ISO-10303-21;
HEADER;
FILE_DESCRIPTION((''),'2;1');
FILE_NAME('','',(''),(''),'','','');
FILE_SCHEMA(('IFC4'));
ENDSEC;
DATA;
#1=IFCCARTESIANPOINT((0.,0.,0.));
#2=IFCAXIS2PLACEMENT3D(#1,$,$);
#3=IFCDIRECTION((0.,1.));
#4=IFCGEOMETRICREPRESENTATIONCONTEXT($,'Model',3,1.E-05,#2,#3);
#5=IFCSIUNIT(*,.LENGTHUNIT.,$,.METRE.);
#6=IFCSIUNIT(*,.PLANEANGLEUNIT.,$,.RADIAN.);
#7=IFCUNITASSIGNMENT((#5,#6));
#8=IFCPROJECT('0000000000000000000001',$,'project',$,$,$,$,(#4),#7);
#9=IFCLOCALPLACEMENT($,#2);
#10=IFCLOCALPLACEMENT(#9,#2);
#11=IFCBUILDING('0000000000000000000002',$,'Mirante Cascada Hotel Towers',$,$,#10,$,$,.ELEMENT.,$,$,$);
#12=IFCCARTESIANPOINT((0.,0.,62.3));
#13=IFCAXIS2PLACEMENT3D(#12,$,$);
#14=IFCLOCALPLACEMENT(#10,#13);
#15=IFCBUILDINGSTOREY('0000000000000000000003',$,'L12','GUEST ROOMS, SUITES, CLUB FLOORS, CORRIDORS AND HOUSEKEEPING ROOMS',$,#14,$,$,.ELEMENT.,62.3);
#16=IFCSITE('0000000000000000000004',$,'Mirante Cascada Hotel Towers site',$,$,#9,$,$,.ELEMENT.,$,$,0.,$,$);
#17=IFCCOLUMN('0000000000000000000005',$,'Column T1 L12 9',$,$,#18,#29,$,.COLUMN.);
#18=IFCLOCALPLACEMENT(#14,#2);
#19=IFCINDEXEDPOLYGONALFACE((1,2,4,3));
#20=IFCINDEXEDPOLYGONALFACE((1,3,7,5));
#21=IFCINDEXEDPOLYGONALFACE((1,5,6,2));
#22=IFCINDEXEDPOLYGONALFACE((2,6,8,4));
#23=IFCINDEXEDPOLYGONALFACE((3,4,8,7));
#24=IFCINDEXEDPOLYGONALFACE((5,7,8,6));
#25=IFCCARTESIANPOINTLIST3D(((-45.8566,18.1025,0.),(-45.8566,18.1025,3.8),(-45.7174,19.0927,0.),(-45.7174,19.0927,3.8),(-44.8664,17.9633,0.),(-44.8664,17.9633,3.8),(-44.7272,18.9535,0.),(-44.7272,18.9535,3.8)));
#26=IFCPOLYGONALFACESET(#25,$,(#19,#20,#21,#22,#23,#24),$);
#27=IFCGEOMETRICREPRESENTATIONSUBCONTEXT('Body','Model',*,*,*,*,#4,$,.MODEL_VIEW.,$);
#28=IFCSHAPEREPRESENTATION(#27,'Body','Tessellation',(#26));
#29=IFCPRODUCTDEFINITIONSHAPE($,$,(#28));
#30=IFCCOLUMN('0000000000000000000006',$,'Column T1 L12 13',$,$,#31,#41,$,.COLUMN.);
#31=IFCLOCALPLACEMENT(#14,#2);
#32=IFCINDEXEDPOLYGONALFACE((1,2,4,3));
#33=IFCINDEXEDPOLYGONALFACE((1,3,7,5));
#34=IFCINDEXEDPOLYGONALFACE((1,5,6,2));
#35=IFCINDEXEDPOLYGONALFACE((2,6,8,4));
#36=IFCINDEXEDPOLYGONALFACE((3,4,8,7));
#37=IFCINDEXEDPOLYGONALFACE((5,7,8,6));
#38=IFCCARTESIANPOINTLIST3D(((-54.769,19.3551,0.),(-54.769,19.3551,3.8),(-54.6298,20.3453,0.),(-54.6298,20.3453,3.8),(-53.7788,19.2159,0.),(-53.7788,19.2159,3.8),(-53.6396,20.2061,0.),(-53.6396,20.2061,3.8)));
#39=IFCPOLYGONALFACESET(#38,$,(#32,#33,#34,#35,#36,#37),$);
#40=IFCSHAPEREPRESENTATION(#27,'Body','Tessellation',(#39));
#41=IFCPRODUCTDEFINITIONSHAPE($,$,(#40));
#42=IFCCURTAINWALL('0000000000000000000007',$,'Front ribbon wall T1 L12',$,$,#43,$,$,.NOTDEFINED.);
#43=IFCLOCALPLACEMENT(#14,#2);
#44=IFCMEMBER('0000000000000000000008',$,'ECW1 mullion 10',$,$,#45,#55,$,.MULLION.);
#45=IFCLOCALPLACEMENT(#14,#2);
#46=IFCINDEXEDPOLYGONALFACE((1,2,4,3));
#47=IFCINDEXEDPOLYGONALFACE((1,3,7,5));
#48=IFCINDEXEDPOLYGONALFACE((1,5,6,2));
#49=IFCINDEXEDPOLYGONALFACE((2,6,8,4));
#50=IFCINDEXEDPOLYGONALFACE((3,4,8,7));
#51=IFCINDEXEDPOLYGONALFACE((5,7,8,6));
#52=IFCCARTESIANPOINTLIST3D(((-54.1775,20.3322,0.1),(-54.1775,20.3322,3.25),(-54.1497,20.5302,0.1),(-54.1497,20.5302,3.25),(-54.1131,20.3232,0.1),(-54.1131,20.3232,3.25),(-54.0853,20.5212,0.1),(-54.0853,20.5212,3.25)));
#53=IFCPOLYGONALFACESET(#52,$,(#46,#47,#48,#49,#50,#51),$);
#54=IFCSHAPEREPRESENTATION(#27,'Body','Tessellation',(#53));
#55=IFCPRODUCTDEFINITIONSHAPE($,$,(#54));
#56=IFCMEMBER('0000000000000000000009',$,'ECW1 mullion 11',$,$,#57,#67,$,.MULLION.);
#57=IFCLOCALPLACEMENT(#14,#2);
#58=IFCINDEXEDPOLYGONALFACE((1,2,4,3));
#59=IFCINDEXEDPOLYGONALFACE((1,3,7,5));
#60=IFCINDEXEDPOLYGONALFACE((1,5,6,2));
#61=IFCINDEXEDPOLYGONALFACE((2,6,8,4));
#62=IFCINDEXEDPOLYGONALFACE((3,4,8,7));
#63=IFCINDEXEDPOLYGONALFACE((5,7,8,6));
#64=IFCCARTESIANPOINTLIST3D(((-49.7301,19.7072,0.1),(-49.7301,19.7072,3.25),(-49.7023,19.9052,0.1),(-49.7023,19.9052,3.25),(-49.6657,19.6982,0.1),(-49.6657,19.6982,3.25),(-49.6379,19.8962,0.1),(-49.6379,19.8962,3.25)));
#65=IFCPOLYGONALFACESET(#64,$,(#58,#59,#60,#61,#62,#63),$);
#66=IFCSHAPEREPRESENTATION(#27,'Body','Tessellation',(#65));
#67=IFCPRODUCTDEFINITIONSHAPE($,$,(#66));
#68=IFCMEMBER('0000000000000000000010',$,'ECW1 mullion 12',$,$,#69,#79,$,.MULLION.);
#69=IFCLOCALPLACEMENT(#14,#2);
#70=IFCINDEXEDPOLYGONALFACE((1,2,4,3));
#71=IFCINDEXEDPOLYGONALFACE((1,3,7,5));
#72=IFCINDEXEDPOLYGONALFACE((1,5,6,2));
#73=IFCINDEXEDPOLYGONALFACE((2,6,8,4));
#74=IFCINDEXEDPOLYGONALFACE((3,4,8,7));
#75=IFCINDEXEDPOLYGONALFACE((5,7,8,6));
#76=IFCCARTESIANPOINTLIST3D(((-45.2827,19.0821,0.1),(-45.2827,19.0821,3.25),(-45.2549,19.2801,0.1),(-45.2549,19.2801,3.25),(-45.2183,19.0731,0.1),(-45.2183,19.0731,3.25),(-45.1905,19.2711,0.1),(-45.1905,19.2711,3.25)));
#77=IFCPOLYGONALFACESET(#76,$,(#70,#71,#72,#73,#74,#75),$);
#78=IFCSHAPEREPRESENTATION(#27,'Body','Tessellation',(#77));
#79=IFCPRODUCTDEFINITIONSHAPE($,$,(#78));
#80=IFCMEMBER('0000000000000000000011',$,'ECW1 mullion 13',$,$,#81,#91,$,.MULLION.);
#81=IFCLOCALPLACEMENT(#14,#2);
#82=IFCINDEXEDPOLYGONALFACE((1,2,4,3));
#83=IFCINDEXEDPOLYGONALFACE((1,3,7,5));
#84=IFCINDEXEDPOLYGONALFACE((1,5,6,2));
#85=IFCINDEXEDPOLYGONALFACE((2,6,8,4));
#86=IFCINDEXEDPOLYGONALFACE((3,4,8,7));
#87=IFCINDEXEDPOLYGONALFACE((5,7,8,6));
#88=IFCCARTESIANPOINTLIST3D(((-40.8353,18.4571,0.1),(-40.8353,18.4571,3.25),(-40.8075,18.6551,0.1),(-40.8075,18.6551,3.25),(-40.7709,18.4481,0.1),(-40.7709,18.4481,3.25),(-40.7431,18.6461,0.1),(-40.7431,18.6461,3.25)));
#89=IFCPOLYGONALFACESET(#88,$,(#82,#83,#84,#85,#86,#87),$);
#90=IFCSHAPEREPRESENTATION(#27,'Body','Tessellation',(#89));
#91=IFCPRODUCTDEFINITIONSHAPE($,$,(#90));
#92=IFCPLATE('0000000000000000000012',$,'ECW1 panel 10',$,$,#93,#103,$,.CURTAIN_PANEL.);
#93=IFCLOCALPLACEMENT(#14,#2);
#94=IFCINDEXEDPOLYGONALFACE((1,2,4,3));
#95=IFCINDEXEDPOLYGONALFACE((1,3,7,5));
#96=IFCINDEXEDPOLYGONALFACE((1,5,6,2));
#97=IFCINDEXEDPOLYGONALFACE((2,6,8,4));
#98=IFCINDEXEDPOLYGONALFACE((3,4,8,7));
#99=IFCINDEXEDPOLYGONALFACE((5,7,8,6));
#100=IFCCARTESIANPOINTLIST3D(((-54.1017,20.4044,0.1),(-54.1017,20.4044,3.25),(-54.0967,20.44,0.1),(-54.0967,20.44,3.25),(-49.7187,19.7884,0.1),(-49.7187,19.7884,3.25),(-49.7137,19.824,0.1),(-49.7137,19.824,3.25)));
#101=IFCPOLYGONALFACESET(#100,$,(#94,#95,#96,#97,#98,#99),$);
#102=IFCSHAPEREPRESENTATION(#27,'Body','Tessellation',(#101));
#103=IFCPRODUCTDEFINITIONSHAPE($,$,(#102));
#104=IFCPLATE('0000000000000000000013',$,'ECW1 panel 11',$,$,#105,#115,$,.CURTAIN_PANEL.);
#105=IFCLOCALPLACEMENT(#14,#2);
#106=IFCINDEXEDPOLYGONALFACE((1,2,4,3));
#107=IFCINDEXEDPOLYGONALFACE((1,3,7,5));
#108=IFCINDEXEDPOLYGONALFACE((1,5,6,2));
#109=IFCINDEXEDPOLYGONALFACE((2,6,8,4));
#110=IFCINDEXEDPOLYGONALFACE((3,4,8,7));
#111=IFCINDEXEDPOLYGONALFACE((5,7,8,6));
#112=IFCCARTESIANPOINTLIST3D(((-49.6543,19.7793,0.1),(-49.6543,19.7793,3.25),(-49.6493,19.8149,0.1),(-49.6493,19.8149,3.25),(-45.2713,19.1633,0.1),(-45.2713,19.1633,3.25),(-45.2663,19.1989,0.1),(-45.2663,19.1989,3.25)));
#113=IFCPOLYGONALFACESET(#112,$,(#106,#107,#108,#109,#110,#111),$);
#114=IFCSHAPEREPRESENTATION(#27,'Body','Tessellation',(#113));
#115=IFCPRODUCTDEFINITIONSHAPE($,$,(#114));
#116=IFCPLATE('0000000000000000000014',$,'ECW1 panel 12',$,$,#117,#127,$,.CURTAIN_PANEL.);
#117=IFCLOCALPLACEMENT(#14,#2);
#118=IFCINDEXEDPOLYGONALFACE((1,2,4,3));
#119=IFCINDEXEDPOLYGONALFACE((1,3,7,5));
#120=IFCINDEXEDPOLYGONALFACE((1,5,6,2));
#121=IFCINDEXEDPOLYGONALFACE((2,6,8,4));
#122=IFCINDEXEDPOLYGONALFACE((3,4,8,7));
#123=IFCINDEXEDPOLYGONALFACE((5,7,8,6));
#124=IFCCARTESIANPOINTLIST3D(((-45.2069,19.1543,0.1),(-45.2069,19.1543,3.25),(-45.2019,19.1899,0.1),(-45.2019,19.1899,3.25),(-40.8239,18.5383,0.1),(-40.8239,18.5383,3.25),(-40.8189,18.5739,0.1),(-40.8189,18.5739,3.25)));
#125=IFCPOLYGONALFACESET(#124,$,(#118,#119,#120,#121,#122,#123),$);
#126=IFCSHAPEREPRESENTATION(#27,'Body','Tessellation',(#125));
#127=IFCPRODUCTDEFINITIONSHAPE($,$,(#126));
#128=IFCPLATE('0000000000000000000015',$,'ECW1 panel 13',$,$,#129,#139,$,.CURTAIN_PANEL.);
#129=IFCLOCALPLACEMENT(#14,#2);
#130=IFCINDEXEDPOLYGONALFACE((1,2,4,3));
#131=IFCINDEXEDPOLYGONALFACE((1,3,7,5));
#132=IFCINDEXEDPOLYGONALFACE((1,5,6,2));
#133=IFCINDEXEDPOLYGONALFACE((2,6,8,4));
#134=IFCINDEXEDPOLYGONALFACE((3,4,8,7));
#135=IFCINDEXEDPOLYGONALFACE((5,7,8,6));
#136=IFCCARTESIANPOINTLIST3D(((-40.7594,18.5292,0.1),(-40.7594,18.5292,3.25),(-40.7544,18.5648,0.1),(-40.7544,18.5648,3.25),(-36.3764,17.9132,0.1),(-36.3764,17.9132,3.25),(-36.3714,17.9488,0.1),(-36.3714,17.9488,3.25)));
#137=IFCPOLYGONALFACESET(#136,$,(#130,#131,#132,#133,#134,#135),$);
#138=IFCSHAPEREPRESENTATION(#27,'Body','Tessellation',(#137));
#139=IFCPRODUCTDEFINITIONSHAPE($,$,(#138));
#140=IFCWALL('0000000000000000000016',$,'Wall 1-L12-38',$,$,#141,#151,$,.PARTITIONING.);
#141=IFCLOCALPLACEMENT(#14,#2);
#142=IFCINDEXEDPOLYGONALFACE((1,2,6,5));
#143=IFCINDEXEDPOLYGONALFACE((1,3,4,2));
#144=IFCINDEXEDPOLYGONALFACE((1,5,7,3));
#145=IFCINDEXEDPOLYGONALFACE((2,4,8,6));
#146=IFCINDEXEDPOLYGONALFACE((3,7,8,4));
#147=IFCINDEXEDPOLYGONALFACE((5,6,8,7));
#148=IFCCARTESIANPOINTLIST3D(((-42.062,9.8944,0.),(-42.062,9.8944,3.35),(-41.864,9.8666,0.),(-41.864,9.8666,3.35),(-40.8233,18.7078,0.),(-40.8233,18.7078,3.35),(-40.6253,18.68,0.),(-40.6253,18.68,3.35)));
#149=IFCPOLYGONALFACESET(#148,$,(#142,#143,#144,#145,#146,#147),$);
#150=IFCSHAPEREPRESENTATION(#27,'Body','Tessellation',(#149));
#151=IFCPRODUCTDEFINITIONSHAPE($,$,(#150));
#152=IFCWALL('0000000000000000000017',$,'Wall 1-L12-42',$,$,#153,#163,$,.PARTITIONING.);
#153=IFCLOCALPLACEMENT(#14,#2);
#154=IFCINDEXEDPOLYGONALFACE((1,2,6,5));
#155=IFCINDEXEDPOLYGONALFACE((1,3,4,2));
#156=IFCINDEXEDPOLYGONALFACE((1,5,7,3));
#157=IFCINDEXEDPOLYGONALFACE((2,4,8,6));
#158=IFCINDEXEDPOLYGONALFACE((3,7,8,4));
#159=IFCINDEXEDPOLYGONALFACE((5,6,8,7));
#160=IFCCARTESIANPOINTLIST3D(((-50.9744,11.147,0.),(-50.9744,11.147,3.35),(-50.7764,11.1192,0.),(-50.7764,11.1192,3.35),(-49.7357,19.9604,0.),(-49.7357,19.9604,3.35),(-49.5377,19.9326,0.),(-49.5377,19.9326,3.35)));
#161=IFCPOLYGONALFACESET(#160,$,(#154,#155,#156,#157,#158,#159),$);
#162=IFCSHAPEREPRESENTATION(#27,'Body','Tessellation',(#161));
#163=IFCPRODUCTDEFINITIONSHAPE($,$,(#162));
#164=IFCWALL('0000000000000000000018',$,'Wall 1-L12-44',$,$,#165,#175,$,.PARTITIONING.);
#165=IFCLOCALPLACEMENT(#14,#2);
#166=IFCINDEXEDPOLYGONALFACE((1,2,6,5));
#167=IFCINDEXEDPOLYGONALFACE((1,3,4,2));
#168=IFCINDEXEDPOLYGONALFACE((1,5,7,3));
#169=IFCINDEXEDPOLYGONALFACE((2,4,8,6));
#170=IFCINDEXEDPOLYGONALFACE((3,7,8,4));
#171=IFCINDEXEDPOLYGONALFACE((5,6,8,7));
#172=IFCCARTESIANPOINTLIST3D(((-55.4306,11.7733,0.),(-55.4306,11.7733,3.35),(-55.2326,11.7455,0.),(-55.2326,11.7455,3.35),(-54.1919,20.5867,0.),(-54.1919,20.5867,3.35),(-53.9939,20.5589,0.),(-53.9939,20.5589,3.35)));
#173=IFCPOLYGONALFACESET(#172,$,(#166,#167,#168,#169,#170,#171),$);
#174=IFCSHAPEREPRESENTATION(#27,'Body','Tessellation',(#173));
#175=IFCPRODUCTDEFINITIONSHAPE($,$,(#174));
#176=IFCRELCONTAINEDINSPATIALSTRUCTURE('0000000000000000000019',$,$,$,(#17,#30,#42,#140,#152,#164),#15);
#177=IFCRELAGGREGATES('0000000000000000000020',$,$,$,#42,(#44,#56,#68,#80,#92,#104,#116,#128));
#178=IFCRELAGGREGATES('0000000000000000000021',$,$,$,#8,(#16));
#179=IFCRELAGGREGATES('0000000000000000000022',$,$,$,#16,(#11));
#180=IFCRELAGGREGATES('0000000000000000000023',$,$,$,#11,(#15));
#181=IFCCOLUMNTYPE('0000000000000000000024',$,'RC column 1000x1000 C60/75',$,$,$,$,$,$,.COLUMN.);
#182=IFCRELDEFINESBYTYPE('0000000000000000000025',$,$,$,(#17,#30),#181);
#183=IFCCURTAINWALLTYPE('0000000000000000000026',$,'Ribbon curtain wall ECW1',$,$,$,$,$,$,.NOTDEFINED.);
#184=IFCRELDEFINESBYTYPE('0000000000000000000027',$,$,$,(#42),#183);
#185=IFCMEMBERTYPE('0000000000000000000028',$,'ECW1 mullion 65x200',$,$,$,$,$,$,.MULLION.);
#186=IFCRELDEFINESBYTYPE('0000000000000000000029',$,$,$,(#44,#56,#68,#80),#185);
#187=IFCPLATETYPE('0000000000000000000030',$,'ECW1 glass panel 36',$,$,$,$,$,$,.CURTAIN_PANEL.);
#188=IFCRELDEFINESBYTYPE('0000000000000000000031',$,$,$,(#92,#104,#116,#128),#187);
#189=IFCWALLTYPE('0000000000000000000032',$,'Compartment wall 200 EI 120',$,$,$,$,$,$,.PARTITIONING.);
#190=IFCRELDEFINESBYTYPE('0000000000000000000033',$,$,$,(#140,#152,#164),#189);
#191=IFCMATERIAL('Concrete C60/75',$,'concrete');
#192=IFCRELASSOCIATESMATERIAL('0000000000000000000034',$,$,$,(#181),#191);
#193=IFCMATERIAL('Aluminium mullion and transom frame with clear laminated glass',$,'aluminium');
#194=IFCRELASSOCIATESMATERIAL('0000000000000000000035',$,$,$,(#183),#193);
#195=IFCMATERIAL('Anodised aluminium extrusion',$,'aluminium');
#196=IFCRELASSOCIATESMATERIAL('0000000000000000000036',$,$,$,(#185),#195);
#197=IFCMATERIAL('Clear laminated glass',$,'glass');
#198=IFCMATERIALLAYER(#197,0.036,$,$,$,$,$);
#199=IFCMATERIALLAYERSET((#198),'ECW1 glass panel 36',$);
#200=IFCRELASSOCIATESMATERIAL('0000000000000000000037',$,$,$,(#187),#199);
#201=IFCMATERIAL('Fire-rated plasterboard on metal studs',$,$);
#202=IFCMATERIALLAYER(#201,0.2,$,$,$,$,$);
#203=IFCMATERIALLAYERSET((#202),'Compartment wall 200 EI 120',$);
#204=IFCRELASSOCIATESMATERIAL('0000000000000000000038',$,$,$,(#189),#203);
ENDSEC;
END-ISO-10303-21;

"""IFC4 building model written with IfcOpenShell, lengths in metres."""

from ifc_helpers import new_model, si_unit, direction, frame, frame_2d, origin, origin_2d, place, context, subcontext, project, spatial, rectangle, extrude, material, layer, layer_set, material_profile, profile_set, type_object, element, aggregate, save


model = new_model("IFC4")

# Units and contexts
model_context = context("Model", 3, precision=1e-05, world=origin(), true_north=direction((0.0, 1.0)))
body_context = subcontext(model_context, "Body", "Model", "MODEL_VIEW")
ifc_project = project(units=[si_unit("LENGTHUNIT", "METRE"), si_unit("PLANEANGLEUNIT", "RADIAN")], contexts=[model_context])

# Site, building, storey
site_placement = place(None, origin())
site = spatial("IfcSite", under=ifc_project, at=site_placement, Name="Mirante Cascada Hotel Towers site", CompositionType="ELEMENT", RefElevation=0.0)
building_placement = place(site_placement, origin())
building = spatial("IfcBuilding", under=site, at=building_placement, Name="Mirante Cascada Hotel Towers", CompositionType="ELEMENT")
storey_placement = place(building_placement, frame((0.0, 0.0, 62.3)))
storey = spatial("IfcBuildingStorey", under=building, at=storey_placement, Name="L12", Description="GUEST ROOMS, SUITES, CLUB FLOORS, CORRIDORS AND HOUSEKEEPING ROOMS", CompositionType="ELEMENT", Elevation=62.3)

# Columns
ifc_material_1 = material(Name="Concrete C60/75", Category="concrete")
ifc_material_profile_1 = material_profile(ifc_material_1, rectangle(XDim=1.0, YDim=1.0, at=origin_2d()), Name="RC column 1000x1000 C60/75")
ifc_profile_set_1 = profile_set([ifc_material_profile_1], Name="Concrete C60/75")
column_type = type_object("IfcColumnType", Name="RC column 1000x1000 C60/75", PredefinedType="COLUMN", material=ifc_profile_set_1)
for number, where, z_axis, x_axis, name in (
    (1, (-45.2919, 18.528, 0.0), (0.0, 0.0, 1.0), (-0.990268, 0.139173, 0.0), "Column T1 L12 9"),
    (2, (-54.2043, 19.7806, 0.0), (0.0, 0.0, 1.0), (-0.990268, 0.139173, 0.0), "Column T1 L12 13"),
):
    element("IfcColumn", number, at=place(storey_placement, frame(where, z_axis=z_axis, x_axis=x_axis)), inside=storey, type_object=column_type, Name=name, PredefinedType="COLUMN", context=body_context, shape_type="SweptSolid", body=[
        extrude(rectangle(XDim=1.0, YDim=1.0, at=origin_2d()), origin(), (0.0, 0.0, 1.0), 3.8),
    ])

# Curtain wall, members, plates
ifc_material_2 = material(Name="Aluminium mullion and transom frame with clear laminated glass", Category="aluminium")
curtain_wall_type = type_object("IfcCurtainWallType", Name="Ribbon curtain wall ECW1", PredefinedType="NOTDEFINED", material=ifc_material_2)
curtain_wall_placement = place(storey_placement, origin())
curtain_wall = element("IfcCurtainWall", 3, at=curtain_wall_placement, inside=storey, type_object=curtain_wall_type, Name="Front ribbon wall T1 L12", PredefinedType="NOTDEFINED")
ifc_material_3 = material(Name="Anodised aluminium extrusion", Category="aluminium")
ifc_material_profile_2 = material_profile(ifc_material_3, rectangle(XDim=0.2, YDim=0.065, at=origin_2d()), Name="ECW1 MULLION 65x200")
ifc_profile_set_2 = profile_set([ifc_material_profile_2], Name="Anodised aluminium extrusion")
member_type = type_object("IfcMemberType", Name="ECW1 mullion 65x200", PredefinedType="MULLION", material=ifc_profile_set_2)
member_1_placement = place(storey_placement, frame((-54.1314, 20.4267, 0.1), z_axis=(0.0, 0.0, 1.0), x_axis=(0.139173, 0.990268, 0.0)))
member_1 = element("IfcMember", 4, at=member_1_placement, type_object=member_type, Name="ECW1 mullion 10", PredefinedType="MULLION", context=body_context, shape_type="SweptSolid", body=[
    extrude(rectangle(XDim=0.2, YDim=0.065, at=origin_2d()), origin(), (0.0, 0.0, 1.0), 3.15),
])
member_2_placement = place(storey_placement, frame((-49.684, 19.8017, 0.1), z_axis=(0.0, 0.0, 1.0), x_axis=(0.139173, 0.990268, 0.0)))
member_2 = element("IfcMember", 5, at=member_2_placement, type_object=member_type, Name="ECW1 mullion 11", PredefinedType="MULLION", context=body_context, shape_type="SweptSolid", body=[
    extrude(rectangle(XDim=0.2, YDim=0.065, at=origin_2d()), origin(), (0.0, 0.0, 1.0), 3.15),
])
member_3_placement = place(storey_placement, frame((-45.2366, 19.1766, 0.1), z_axis=(0.0, 0.0, 1.0), x_axis=(0.139173, 0.990268, 0.0)))
member_3 = element("IfcMember", 6, at=member_3_placement, type_object=member_type, Name="ECW1 mullion 12", PredefinedType="MULLION", context=body_context, shape_type="SweptSolid", body=[
    extrude(rectangle(XDim=0.2, YDim=0.065, at=origin_2d()), origin(), (0.0, 0.0, 1.0), 3.15),
])
member_4_placement = place(storey_placement, frame((-40.7892, 18.5516, 0.1), z_axis=(0.0, 0.0, 1.0), x_axis=(0.139173, 0.990268, 0.0)))
member_4 = element("IfcMember", 7, at=member_4_placement, type_object=member_type, Name="ECW1 mullion 13", PredefinedType="MULLION", context=body_context, shape_type="SweptSolid", body=[
    extrude(rectangle(XDim=0.2, YDim=0.065, at=origin_2d()), origin(), (0.0, 0.0, 1.0), 3.15),
])
ifc_material_4 = material(Name="Clear laminated glass", Category="glass")
ifc_layer_1 = layer(ifc_material_4, 0.036)
ifc_layer_set_1 = layer_set([ifc_layer_1], Name="ECW1 glass panel 36")
plate_type = type_object("IfcPlateType", Name="ECW1 glass panel 36", PredefinedType="CURTAIN_PANEL", material=ifc_layer_set_1)
plate_1_placement = place(storey_placement, frame((-51.9077, 20.1142, 0.1), z_axis=(0.0, 0.0, 1.0), x_axis=(0.990268, -0.139173, 0.0)))
plate_1 = element("IfcPlate", 8, at=plate_1_placement, type_object=plate_type, Name="ECW1 panel 10", PredefinedType="CURTAIN_PANEL", context=body_context, shape_type="SweptSolid", body=[
    extrude(rectangle(XDim=4.4261, YDim=0.036, at=origin_2d()), origin(), (0.0, 0.0, 1.0), 3.15),
])
plate_2_placement = place(storey_placement, frame((-47.4603, 19.4891, 0.1), z_axis=(0.0, 0.0, 1.0), x_axis=(0.990268, -0.139173, 0.0)))
plate_2 = element("IfcPlate", 9, at=plate_2_placement, type_object=plate_type, Name="ECW1 panel 11", PredefinedType="CURTAIN_PANEL", context=body_context, shape_type="SweptSolid", body=[
    extrude(rectangle(XDim=4.4261, YDim=0.036, at=origin_2d()), origin(), (0.0, 0.0, 1.0), 3.15),
])
plate_3_placement = place(storey_placement, frame((-43.0129, 18.8641, 0.1), z_axis=(0.0, 0.0, 1.0), x_axis=(0.990268, -0.139173, 0.0)))
plate_3 = element("IfcPlate", 10, at=plate_3_placement, type_object=plate_type, Name="ECW1 panel 12", PredefinedType="CURTAIN_PANEL", context=body_context, shape_type="SweptSolid", body=[
    extrude(rectangle(XDim=4.4261, YDim=0.036, at=origin_2d()), origin(), (0.0, 0.0, 1.0), 3.15),
])
plate_4_placement = place(storey_placement, frame((-38.5654, 18.239, 0.1), z_axis=(0.0, 0.0, 1.0), x_axis=(0.990268, -0.139173, 0.0)))
plate_4 = element("IfcPlate", 11, at=plate_4_placement, type_object=plate_type, Name="ECW1 panel 13", PredefinedType="CURTAIN_PANEL", context=body_context, shape_type="SweptSolid", body=[
    extrude(rectangle(XDim=4.4261, YDim=0.036, at=origin_2d()), origin(), (0.0, 0.0, 1.0), 3.15),
])
aggregate(curtain_wall, [member_1, member_2, member_3, member_4, plate_1, plate_2, plate_3, plate_4])

# Walls
ifc_material_5 = material(Name="Fire-rated plasterboard on metal studs")
ifc_layer_2 = layer(ifc_material_5, 0.2)
ifc_layer_set_2 = layer_set([ifc_layer_2], Name="Compartment wall 200 EI 120")
wall_type_1 = type_object("IfcWallType", Name="Compartment wall 200 EI 120", PredefinedType="PARTITIONING", material=ifc_layer_set_2)
for number, where, z_axis, x_axis, name in (
    (12, (-40.7243, 18.6939, 0.0), (0.0, 0.0, 1.0), (-0.139179, -0.990267, 0.0), "Wall 1-L12-38"),
    (13, (-49.6367, 19.9465, 0.0), (0.0, 0.0, 1.0), (-0.139179, -0.990267, 0.0), "Wall 1-L12-42"),
    (14, (-54.0929, 20.5728, 0.0), (0.0, 0.0, 1.0), (-0.139179, -0.990267, 0.0), "Wall 1-L12-44"),
):
    element("IfcWall", number, at=place(storey_placement, frame(where, z_axis=z_axis, x_axis=x_axis)), inside=storey, type_object=wall_type_1, Name=name, PredefinedType="PARTITIONING", context=body_context, shape_type="SweptSolid", body=[
        extrude(rectangle(XDim=8.9, YDim=0.2, at=frame_2d((4.45, 0.0))), origin(), (0.0, 0.0, 1.0), 3.35),
    ])

save(model, "model.ifc")
